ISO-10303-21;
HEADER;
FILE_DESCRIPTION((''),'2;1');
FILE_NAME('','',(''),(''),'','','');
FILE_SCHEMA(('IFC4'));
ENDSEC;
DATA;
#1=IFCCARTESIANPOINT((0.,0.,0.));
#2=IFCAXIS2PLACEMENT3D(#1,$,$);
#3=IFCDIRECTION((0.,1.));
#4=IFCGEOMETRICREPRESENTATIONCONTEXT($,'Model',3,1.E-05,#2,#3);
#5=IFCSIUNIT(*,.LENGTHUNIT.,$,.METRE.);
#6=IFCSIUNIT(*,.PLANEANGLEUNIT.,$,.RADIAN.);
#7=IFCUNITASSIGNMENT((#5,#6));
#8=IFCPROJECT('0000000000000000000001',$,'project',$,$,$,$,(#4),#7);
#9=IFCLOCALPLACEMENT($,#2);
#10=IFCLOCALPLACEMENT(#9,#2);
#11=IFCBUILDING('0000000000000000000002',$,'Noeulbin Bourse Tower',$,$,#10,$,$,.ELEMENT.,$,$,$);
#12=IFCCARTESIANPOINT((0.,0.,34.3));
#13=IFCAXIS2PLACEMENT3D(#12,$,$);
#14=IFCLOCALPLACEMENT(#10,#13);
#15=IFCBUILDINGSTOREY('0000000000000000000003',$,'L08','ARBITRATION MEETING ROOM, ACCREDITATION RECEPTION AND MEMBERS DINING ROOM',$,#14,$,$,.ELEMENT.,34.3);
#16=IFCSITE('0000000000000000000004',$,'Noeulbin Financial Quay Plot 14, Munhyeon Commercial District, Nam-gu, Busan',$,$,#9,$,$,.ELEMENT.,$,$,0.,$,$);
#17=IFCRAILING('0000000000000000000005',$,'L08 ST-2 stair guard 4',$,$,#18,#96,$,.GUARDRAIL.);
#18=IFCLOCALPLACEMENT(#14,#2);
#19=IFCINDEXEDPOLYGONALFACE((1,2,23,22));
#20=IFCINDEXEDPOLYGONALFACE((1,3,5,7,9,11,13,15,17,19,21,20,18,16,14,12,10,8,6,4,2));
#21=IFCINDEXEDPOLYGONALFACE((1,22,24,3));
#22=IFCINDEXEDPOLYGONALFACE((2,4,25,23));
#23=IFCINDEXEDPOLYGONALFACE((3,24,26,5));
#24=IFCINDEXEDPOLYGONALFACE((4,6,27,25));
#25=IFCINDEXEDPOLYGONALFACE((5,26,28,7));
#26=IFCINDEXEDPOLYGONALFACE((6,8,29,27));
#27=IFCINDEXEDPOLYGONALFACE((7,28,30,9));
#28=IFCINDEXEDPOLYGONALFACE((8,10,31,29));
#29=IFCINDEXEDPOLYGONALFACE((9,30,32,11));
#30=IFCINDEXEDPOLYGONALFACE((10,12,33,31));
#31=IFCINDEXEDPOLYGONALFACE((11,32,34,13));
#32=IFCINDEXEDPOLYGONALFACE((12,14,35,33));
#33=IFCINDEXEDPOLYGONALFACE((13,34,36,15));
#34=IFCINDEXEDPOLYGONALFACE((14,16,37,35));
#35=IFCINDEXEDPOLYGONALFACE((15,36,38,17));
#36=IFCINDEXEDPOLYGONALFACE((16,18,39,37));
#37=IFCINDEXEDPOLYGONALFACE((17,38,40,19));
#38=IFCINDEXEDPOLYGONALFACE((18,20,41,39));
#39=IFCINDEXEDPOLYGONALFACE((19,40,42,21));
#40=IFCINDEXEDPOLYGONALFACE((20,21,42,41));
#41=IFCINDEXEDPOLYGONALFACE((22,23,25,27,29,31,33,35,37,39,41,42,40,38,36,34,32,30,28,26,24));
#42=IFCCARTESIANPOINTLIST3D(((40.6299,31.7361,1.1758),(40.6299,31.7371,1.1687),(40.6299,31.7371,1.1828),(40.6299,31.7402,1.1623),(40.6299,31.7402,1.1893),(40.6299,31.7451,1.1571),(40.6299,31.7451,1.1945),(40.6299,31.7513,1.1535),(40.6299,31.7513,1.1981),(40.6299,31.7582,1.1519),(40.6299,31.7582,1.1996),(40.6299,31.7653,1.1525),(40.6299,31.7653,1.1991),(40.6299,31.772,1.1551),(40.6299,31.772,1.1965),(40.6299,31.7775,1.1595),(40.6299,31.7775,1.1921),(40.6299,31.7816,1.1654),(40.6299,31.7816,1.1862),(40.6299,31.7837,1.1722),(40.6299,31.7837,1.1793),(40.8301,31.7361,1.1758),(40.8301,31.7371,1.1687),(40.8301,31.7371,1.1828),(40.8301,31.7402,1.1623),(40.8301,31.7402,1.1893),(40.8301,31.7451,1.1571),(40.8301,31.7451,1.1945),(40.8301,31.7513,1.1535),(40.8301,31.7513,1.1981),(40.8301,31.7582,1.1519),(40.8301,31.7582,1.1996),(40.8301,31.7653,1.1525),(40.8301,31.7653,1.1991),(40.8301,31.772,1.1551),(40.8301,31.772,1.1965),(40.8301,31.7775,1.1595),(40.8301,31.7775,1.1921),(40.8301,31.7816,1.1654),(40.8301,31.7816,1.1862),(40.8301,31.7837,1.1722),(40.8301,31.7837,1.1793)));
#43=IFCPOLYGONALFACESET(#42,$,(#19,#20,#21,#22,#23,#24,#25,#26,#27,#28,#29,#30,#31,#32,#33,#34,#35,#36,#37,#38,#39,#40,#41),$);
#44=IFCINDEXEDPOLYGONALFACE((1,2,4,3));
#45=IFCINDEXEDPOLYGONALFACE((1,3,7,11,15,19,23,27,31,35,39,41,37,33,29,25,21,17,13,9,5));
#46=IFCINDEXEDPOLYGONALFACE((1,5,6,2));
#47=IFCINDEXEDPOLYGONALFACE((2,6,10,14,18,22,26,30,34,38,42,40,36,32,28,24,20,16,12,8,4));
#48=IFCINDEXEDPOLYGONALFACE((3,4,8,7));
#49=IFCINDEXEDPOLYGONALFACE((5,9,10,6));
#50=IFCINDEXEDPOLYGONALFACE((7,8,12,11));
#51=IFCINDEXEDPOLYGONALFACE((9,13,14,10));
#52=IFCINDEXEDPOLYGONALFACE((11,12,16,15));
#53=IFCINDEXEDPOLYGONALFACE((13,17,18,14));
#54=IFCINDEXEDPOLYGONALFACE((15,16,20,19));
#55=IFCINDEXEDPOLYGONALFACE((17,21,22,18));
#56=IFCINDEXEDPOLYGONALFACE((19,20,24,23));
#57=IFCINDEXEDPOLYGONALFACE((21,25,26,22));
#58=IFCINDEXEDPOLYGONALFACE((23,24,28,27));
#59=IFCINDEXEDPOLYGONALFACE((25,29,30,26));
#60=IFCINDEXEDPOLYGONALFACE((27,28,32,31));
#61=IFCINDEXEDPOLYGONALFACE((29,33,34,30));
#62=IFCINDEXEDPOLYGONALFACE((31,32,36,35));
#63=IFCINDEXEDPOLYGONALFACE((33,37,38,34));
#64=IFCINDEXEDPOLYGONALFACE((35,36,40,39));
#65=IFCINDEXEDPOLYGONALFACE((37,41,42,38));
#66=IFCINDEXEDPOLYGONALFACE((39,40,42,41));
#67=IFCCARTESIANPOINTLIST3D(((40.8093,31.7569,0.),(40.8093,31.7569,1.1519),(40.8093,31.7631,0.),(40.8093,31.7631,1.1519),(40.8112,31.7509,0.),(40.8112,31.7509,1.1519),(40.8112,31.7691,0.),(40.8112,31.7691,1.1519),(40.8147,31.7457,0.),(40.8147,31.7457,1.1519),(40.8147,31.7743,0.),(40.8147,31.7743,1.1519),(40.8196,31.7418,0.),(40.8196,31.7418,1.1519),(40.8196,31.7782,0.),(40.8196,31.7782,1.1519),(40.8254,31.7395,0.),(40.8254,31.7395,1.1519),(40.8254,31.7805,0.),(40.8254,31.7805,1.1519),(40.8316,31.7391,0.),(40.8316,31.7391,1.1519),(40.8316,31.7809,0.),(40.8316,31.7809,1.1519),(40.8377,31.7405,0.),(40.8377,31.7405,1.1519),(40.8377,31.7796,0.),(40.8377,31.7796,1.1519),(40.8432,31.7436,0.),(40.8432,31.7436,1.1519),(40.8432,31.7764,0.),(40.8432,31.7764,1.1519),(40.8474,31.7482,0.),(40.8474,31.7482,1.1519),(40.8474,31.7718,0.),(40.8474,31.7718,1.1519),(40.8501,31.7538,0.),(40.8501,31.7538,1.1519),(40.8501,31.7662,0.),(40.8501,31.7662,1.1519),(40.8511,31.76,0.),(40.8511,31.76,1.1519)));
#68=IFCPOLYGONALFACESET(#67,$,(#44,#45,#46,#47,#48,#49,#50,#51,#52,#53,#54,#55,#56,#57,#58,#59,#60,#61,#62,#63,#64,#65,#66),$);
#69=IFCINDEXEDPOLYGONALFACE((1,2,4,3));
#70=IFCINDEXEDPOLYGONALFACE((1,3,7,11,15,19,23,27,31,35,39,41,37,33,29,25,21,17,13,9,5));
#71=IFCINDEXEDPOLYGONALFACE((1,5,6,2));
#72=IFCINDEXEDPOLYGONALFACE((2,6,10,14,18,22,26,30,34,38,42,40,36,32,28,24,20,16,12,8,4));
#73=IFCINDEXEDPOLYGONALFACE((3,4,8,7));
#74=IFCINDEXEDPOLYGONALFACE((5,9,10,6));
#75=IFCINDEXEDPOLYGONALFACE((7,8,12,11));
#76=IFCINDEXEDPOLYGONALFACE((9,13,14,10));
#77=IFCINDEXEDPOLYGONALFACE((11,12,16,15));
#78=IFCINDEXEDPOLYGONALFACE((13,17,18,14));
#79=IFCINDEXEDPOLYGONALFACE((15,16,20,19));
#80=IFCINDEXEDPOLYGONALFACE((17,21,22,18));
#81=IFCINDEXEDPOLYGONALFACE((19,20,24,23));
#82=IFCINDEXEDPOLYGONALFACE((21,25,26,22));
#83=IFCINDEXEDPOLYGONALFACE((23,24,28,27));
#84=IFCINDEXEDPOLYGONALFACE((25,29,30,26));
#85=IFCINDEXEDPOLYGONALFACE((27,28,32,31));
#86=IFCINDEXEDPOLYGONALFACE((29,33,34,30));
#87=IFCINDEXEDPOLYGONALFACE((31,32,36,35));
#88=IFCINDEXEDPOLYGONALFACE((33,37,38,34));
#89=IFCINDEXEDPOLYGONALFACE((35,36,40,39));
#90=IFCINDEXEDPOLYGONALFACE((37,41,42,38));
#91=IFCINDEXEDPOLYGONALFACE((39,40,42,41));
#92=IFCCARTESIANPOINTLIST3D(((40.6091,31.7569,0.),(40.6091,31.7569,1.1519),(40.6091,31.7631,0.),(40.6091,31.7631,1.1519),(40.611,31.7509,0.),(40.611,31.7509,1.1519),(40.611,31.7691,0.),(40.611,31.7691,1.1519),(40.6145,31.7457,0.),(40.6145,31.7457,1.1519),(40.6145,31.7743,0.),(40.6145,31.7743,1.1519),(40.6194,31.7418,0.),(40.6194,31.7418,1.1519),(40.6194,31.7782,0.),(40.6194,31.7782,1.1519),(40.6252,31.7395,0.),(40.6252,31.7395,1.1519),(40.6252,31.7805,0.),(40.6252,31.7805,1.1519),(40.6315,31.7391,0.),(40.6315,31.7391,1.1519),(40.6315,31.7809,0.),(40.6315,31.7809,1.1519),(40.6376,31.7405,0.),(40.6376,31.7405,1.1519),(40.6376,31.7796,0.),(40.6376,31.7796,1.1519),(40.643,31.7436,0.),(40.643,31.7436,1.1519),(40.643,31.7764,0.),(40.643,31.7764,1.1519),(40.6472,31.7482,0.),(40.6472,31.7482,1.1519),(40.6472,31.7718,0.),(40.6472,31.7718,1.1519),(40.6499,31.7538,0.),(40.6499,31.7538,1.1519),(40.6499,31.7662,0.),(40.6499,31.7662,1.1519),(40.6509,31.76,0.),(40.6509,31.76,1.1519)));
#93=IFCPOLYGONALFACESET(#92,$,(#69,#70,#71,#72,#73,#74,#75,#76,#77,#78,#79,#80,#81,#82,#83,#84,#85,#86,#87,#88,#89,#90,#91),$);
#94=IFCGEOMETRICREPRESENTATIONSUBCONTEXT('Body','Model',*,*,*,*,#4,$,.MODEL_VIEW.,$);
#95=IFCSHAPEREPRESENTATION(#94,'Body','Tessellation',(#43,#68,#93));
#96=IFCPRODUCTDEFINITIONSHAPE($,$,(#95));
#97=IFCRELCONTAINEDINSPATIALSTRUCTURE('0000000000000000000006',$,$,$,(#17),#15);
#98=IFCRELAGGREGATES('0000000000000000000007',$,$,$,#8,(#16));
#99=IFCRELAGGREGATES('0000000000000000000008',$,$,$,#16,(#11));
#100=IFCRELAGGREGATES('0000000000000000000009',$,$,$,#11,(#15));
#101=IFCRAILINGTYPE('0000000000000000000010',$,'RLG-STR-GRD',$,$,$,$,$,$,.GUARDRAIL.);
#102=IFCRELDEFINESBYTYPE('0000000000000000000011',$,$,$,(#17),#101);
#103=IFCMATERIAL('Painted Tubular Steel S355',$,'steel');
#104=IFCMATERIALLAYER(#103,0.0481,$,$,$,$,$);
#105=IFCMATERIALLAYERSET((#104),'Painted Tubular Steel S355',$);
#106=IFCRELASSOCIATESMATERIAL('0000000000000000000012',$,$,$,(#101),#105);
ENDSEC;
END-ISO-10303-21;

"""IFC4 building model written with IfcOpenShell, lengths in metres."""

from ifc_helpers import new_model, si_unit, direction, frame, origin, origin_2d, place, context, subcontext, project, spatial, circle, extrude, material, layer, layer_set, type_object, element, save


model = new_model("IFC4")

# Units and contexts
model_context = context("Model", 3, precision=1e-05, world=origin(), true_north=direction((0.0, 1.0)))
body_context = subcontext(model_context, "Body", "Model", "MODEL_VIEW")
ifc_project = project(units=[si_unit("LENGTHUNIT", "METRE"), si_unit("PLANEANGLEUNIT", "RADIAN")], contexts=[model_context])

# Site, building, storey
site_placement = place(None, origin())
site = spatial("IfcSite", under=ifc_project, at=site_placement, Name="Noeulbin Financial Quay Plot 14, Munhyeon Commercial District, Nam-gu, Busan", CompositionType="ELEMENT", RefElevation=0.0)
building_placement = place(site_placement, origin())
building = spatial("IfcBuilding", under=site, at=building_placement, Name="Noeulbin Bourse Tower", CompositionType="ELEMENT")
storey_placement = place(building_placement, frame((0.0, 0.0, 34.3)))
storey = spatial("IfcBuildingStorey", under=building, at=storey_placement, Name="L08", Description="ARBITRATION MEETING ROOM, ACCREDITATION RECEPTION AND MEMBERS DINING ROOM", CompositionType="ELEMENT", Elevation=34.3)

# Railing
ifc_material_1 = material(Name="Painted Tubular Steel S355", Category="steel")
ifc_layer_1 = layer(ifc_material_1, 0.0481)
ifc_layer_set_1 = layer_set([ifc_layer_1], Name="Painted Tubular Steel S355")
railing_type_1 = type_object("IfcRailingType", Name="RLG-STR-GRD", PredefinedType="GUARDRAIL", material=ifc_layer_set_1)
railing_1_placement = place(storey_placement, frame((40.8301, 31.76, 0.0)))
element("IfcRailing", 1, at=railing_1_placement, inside=storey, type_object=railing_type_1, Name="L08 ST-2 stair guard 4", PredefinedType="GUARDRAIL", context=body_context, shape_type="SweptSolid", body=[
    extrude(circle(Radius=0.0239, at=origin_2d()), frame((0.0, 0.0, 1.1758), z_axis=(-1.0, 0.0, 0.0), x_axis=(0.0, -1.0, 0.0)), (0.0, 0.0, 1.0), 0.2002),
    extrude(circle(Radius=0.021, at=origin_2d()), origin(), (0.0, 0.0, 1.0), 1.1519),
    extrude(circle(Radius=0.021, at=origin_2d()), frame((-0.2002, 0.0, 0.0)), (0.0, 0.0, 1.0), 1.1519),
])

save(model, "model.ifc")
